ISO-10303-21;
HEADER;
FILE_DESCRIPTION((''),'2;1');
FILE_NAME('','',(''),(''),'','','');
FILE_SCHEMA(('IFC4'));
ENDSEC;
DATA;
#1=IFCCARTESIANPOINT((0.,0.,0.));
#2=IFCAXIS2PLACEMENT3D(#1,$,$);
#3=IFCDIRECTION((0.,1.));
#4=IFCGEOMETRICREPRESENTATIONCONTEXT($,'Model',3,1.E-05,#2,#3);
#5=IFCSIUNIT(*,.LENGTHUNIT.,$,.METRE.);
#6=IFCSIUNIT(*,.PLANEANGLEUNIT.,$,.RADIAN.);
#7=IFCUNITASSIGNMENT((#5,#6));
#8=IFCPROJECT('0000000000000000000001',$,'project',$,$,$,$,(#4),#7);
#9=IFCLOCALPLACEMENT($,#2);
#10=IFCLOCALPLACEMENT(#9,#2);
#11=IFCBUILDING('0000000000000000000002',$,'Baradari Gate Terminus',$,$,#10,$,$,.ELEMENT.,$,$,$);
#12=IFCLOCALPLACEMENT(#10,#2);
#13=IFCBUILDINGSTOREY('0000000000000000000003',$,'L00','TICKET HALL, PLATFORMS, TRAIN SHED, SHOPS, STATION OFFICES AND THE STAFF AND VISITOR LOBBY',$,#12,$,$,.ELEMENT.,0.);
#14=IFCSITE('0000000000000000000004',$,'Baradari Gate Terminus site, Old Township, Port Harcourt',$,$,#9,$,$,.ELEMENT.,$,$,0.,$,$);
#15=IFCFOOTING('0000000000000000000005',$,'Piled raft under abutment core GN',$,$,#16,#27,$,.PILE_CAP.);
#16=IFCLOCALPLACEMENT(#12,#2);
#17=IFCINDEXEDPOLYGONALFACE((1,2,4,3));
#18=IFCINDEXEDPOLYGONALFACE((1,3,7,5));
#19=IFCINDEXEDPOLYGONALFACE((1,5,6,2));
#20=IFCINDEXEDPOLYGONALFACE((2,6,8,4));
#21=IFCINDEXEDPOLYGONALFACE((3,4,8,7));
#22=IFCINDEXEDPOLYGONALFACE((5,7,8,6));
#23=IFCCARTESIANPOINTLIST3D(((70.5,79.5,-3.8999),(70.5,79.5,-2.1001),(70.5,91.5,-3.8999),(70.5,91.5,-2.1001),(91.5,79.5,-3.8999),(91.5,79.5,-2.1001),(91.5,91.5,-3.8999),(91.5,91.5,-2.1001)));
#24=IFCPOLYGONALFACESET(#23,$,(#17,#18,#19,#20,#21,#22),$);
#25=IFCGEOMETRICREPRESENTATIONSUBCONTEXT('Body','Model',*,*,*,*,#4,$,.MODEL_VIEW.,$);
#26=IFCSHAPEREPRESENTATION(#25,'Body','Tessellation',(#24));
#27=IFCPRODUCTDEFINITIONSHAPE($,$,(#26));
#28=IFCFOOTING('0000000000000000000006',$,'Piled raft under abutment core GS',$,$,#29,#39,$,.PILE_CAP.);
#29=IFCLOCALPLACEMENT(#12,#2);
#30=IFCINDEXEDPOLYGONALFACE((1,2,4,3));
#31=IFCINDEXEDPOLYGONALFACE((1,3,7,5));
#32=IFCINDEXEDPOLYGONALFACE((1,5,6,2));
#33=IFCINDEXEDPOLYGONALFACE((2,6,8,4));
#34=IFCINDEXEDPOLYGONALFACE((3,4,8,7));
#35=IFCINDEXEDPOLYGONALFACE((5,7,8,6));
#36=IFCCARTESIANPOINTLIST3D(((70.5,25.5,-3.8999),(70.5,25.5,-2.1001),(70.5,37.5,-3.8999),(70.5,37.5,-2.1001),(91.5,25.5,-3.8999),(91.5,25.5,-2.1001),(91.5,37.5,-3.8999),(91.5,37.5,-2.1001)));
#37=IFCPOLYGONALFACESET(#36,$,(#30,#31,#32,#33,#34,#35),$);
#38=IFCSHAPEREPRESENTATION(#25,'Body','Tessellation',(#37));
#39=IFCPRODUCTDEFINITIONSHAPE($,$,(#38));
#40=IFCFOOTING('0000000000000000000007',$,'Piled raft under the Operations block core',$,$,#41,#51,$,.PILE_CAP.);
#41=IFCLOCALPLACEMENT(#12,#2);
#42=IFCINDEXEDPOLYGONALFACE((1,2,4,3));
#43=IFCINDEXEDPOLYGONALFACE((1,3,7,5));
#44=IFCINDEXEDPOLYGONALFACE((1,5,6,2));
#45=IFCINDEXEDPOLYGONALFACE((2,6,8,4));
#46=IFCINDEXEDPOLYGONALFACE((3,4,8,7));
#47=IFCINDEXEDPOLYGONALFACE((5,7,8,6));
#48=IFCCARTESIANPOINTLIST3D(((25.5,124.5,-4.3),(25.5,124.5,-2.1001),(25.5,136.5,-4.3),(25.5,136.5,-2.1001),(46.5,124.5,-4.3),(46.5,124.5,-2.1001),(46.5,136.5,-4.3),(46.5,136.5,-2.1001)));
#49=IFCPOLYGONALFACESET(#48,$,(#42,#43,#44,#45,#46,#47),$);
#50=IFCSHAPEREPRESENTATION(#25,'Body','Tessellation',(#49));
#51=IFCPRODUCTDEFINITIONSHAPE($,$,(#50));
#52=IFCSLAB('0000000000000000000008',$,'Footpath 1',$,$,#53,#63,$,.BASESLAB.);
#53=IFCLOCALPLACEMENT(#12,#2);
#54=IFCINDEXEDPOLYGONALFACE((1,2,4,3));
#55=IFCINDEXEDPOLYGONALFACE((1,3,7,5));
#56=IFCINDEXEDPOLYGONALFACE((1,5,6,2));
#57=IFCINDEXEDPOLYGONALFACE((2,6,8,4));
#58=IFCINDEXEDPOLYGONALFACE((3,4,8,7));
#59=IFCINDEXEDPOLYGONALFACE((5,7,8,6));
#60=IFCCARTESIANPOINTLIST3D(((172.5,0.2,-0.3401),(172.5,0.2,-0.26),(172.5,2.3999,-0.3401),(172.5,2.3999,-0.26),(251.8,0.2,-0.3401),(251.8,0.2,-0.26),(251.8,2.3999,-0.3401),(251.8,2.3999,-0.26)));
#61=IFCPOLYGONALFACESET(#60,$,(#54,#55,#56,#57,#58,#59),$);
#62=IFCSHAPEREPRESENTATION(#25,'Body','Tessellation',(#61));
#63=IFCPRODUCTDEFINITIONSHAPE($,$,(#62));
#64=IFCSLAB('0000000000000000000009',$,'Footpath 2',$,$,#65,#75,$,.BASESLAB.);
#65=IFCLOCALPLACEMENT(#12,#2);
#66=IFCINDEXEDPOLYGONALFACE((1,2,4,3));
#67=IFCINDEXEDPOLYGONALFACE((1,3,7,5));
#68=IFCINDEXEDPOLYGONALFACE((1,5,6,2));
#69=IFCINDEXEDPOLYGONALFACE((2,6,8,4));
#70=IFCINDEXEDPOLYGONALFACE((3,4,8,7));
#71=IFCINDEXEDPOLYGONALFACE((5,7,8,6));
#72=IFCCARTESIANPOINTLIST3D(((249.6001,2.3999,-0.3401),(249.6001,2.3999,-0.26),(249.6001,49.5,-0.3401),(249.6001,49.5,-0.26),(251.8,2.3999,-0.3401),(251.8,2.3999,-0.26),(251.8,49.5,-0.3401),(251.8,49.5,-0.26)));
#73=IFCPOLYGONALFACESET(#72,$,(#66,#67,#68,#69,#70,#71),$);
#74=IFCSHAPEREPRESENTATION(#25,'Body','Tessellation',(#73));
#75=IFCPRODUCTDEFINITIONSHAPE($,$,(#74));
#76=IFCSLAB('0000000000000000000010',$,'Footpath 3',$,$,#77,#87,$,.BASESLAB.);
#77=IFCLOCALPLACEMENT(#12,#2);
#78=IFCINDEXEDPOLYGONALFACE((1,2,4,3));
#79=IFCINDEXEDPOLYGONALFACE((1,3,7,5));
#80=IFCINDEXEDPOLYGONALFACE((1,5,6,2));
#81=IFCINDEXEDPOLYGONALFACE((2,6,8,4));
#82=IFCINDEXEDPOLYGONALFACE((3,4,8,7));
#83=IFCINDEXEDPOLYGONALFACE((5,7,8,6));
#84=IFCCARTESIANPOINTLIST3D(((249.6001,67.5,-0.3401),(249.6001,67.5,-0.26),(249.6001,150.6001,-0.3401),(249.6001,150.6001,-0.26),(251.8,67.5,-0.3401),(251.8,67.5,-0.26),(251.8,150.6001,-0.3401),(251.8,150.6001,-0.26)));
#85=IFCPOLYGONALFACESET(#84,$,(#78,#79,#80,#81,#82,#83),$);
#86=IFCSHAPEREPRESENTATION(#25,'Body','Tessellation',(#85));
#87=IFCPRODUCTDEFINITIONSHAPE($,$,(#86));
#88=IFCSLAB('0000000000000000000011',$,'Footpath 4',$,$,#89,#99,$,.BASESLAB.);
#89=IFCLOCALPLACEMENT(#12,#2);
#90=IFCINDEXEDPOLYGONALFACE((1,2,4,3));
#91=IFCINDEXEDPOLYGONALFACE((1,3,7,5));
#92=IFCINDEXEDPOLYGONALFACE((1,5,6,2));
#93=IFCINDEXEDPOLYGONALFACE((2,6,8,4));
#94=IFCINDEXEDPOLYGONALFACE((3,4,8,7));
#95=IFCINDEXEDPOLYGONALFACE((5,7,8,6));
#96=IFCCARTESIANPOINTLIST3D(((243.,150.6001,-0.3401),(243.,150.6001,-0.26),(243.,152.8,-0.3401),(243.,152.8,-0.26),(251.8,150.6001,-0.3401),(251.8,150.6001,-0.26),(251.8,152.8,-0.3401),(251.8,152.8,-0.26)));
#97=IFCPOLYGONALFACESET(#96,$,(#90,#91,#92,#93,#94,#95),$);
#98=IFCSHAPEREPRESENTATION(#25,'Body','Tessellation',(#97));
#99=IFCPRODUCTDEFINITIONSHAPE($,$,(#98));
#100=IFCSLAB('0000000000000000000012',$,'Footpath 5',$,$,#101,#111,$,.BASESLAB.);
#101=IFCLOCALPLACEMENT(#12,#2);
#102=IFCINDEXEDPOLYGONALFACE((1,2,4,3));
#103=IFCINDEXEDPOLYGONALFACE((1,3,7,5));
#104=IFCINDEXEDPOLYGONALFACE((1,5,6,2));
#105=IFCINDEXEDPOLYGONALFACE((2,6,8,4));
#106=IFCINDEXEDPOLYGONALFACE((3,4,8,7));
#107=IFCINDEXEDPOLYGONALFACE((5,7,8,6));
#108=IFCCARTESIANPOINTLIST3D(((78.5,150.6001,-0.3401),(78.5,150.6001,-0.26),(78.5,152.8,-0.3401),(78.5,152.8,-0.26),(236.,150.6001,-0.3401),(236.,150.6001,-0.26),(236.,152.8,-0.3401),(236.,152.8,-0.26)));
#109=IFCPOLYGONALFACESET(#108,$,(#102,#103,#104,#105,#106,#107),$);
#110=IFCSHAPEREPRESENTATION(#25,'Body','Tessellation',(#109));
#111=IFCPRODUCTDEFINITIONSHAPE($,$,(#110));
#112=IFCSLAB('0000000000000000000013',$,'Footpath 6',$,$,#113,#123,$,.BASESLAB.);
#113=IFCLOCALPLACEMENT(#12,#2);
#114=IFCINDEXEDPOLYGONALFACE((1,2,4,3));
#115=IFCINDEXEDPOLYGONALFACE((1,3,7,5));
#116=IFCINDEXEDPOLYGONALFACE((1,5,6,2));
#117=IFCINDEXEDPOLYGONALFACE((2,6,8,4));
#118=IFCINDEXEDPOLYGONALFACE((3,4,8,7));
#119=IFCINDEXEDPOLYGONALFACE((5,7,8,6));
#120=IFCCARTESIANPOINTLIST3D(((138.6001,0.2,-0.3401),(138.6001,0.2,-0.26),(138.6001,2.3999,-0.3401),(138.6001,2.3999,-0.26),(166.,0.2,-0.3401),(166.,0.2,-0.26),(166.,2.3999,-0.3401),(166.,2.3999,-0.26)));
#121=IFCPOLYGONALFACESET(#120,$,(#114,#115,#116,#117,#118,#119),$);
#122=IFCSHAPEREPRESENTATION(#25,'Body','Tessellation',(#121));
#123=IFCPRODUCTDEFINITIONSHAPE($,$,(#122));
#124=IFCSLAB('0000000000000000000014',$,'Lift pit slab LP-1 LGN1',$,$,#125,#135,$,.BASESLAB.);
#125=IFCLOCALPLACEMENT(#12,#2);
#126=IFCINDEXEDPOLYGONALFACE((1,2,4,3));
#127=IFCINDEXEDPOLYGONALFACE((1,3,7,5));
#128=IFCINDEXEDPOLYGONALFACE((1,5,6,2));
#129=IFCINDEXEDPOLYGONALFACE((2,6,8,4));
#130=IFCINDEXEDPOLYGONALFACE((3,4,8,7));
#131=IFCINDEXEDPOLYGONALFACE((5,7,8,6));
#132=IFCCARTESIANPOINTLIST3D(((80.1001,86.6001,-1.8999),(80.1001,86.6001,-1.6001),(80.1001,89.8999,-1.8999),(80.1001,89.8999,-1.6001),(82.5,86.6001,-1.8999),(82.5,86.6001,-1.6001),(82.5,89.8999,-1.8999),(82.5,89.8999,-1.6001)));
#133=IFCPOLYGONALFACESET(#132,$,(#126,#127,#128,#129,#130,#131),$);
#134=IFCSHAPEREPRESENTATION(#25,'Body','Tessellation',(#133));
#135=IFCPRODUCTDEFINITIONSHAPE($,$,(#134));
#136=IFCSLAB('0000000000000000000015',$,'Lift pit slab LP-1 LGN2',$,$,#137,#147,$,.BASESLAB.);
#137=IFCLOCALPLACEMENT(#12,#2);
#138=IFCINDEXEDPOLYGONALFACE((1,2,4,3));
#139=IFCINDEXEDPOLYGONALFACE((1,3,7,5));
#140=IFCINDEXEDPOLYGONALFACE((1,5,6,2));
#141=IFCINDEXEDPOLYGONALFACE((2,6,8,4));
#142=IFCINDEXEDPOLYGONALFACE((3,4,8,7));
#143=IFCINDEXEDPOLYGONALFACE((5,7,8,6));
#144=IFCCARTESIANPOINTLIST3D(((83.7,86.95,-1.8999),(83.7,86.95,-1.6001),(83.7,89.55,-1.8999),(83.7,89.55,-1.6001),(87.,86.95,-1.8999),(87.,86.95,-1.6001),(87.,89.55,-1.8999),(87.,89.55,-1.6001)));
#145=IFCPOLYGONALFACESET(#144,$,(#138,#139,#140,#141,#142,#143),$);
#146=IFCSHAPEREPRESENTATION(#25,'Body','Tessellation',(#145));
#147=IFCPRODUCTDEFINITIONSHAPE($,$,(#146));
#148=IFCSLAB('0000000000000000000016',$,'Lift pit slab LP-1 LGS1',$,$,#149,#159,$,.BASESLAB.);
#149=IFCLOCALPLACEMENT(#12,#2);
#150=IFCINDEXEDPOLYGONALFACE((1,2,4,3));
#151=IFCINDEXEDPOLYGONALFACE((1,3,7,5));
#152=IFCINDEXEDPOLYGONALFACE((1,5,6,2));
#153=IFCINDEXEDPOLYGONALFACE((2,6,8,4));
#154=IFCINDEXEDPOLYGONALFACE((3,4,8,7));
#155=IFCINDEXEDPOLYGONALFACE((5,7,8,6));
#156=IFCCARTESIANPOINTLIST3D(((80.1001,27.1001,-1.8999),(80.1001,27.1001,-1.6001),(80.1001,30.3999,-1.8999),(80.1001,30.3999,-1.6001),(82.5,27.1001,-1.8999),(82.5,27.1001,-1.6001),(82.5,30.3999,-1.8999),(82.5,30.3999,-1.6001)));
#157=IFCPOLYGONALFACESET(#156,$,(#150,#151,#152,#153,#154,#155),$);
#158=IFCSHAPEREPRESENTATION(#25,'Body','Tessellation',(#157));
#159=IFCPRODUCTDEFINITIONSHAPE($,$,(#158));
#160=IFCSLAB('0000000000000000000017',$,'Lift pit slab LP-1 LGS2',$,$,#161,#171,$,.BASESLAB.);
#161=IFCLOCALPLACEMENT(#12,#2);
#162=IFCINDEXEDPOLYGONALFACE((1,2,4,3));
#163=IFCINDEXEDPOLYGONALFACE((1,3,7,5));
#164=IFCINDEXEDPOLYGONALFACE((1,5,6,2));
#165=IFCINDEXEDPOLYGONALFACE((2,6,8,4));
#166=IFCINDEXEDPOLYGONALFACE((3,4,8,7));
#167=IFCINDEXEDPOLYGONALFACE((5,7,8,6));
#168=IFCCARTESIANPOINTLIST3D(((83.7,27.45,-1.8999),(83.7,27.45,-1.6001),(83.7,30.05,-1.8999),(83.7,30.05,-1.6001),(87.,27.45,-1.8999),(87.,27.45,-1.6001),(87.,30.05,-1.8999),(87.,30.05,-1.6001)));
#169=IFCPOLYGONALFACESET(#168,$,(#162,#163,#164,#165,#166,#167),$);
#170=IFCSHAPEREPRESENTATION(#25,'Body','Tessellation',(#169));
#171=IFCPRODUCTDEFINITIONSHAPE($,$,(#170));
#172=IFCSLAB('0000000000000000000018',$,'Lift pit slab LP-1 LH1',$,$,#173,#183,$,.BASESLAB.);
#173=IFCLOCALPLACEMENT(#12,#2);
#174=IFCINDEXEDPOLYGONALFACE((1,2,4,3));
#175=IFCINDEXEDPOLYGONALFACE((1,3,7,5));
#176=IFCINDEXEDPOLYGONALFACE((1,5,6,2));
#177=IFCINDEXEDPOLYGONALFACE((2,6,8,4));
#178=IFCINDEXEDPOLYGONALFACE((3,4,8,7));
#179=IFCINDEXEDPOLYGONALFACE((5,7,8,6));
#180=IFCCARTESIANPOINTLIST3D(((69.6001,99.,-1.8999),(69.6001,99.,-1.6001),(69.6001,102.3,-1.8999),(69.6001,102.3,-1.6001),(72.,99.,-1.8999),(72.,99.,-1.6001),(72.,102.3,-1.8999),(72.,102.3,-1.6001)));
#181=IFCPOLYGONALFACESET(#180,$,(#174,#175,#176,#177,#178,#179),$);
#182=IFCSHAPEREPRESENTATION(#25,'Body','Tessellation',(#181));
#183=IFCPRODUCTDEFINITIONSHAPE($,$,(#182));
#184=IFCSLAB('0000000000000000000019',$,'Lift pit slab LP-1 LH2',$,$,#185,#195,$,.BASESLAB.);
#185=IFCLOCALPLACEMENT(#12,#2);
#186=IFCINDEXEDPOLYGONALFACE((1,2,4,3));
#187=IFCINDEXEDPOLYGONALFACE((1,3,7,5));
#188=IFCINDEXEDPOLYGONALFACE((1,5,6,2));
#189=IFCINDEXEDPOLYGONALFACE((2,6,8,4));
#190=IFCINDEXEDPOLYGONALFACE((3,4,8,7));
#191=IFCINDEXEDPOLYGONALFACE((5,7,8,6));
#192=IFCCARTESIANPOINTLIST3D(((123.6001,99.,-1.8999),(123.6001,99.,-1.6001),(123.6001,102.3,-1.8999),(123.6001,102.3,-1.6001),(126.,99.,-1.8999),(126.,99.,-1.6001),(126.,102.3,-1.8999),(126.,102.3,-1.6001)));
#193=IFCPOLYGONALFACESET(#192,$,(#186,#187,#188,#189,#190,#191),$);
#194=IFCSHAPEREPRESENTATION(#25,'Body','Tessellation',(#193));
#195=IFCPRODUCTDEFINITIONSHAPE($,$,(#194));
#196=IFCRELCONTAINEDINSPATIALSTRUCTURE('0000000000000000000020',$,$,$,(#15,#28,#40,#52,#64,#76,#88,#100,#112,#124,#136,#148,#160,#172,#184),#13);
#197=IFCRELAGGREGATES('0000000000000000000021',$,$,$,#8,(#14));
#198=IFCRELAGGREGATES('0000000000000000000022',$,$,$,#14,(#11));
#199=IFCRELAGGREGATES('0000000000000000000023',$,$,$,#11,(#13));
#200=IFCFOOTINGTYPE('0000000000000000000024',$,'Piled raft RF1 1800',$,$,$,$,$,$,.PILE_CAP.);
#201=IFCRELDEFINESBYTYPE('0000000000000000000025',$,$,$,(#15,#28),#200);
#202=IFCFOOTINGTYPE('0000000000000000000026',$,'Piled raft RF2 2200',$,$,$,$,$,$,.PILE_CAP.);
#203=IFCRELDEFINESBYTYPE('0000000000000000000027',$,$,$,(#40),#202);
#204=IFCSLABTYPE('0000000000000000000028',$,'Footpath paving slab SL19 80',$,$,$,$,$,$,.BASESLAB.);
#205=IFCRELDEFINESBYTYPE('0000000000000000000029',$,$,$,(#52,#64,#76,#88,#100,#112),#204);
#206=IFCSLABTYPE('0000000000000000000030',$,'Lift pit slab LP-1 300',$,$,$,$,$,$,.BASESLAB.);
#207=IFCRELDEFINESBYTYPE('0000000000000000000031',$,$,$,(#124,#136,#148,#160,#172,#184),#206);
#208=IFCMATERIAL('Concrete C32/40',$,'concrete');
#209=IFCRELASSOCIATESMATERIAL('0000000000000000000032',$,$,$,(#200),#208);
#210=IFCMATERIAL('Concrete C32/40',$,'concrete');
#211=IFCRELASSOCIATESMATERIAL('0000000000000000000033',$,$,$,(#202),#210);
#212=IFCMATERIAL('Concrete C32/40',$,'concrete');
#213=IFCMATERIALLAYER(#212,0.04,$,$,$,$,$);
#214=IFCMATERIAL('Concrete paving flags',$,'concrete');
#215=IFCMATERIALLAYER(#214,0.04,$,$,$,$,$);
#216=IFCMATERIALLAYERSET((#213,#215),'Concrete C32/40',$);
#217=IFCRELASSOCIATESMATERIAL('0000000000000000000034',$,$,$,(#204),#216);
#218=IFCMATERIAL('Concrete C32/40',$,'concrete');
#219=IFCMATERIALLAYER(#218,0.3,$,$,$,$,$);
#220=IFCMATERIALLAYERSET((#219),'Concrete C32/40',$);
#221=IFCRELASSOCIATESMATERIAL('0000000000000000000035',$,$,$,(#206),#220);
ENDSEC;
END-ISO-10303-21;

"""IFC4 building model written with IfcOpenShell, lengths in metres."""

from ifc_helpers import new_model, si_unit, direction, frame, origin, place, context, subcontext, project, spatial, polyline, outline, extrude, material, layer, layer_set, type_object, element, save


model = new_model("IFC4")

# Units and contexts
model_context = context("Model", 3, precision=1e-05, world=origin(), true_north=direction((0.0, 1.0)))
body_context = subcontext(model_context, "Body", "Model", "MODEL_VIEW")
ifc_project = project(units=[si_unit("LENGTHUNIT", "METRE"), si_unit("PLANEANGLEUNIT", "RADIAN")], contexts=[model_context])

# Site, building, storey
site_placement = place(None, origin())
site = spatial("IfcSite", under=ifc_project, at=site_placement, Name="Baradari Gate Terminus site, Old Township, Port Harcourt", CompositionType="ELEMENT", RefElevation=0.0)
building_placement = place(site_placement, origin())
building = spatial("IfcBuilding", under=site, at=building_placement, Name="Baradari Gate Terminus", CompositionType="ELEMENT")
storey_placement = place(building_placement, origin())
storey = spatial("IfcBuildingStorey", under=building, at=storey_placement, Name="L00", Description="TICKET HALL, PLATFORMS, TRAIN SHED, SHOPS, STATION OFFICES AND THE STAFF AND VISITOR LOBBY", CompositionType="ELEMENT", Elevation=0.0)

# Footings
ifc_material_1 = material(Name="Concrete C32/40", Category="concrete")
footing_type_1 = type_object("IfcFootingType", Name="Piled raft RF1 1800", PredefinedType="PILE_CAP", material=ifc_material_1)
footing_1_placement = place(storey_placement, frame((0.0, 0.0, -3.8999)))
element("IfcFooting", 1, at=footing_1_placement, inside=storey, type_object=footing_type_1, Name="Piled raft under abutment core GN", PredefinedType="PILE_CAP", context=body_context, shape_type="SweptSolid", body=[
    extrude(outline(polyline([(70.5, 79.5), (91.5, 79.5), (91.5, 91.5), (70.5, 91.5), (70.5, 79.5)])), origin(), (0.0, 0.0, 1.0), 1.7998),
])
footing_2_placement = place(storey_placement, frame((0.0, 0.0, -3.8999)))
element("IfcFooting", 2, at=footing_2_placement, inside=storey, type_object=footing_type_1, Name="Piled raft under abutment core GS", PredefinedType="PILE_CAP", context=body_context, shape_type="SweptSolid", body=[
    extrude(outline(polyline([(70.5, 25.5), (91.5, 25.5), (91.5, 37.5), (70.5, 37.5), (70.5, 25.5)])), origin(), (0.0, 0.0, 1.0), 1.7998),
])
ifc_material_2 = material(Name="Concrete C32/40", Category="concrete")
footing_type_2 = type_object("IfcFootingType", Name="Piled raft RF2 2200", PredefinedType="PILE_CAP", material=ifc_material_2)
footing_3_placement = place(storey_placement, frame((0.0, 0.0, -4.3)))
element("IfcFooting", 3, at=footing_3_placement, inside=storey, type_object=footing_type_2, Name="Piled raft under the Operations block core", PredefinedType="PILE_CAP", context=body_context, shape_type="SweptSolid", body=[
    extrude(outline(polyline([(25.5, 124.5), (46.5, 124.5), (46.5, 136.5), (25.5, 136.5), (25.5, 124.5)])), origin(), (0.0, 0.0, 1.0), 2.2),
])

# Slabs
ifc_material_3 = material(Name="Concrete C32/40", Category="concrete")
ifc_layer_1 = layer(ifc_material_3, 0.04)
ifc_material_4 = material(Name="Concrete paving flags", Category="concrete")
ifc_layer_2 = layer(ifc_material_4, 0.04)
ifc_layer_set_1 = layer_set([ifc_layer_1, ifc_layer_2], Name="Concrete C32/40")
slab_type_1 = type_object("IfcSlabType", Name="Footpath paving slab SL19 80", PredefinedType="BASESLAB", material=ifc_layer_set_1)
slab_1_placement = place(storey_placement, frame((0.0, 0.0, -0.3401)))
element("IfcSlab", 4, at=slab_1_placement, inside=storey, type_object=slab_type_1, Name="Footpath 1", PredefinedType="BASESLAB", context=body_context, shape_type="SweptSolid", body=[
    extrude(outline(polyline([(251.8, 0.2), (251.8, 2.3999), (172.5, 2.3999), (172.5, 0.2), (251.8, 0.2)])), origin(), (0.0, 0.0, 1.0), 0.0801),
])
slab_2_placement = place(storey_placement, frame((0.0, 0.0, -0.3401)))
element("IfcSlab", 5, at=slab_2_placement, inside=storey, type_object=slab_type_1, Name="Footpath 2", PredefinedType="BASESLAB", context=body_context, shape_type="SweptSolid", body=[
    extrude(outline(polyline([(251.8, 2.3999), (251.8, 49.5), (249.6001, 49.5), (249.6001, 2.3999), (251.8, 2.3999)])), origin(), (0.0, 0.0, 1.0), 0.0801),
])
slab_3_placement = place(storey_placement, frame((0.0, 0.0, -0.3401)))
element("IfcSlab", 6, at=slab_3_placement, inside=storey, type_object=slab_type_1, Name="Footpath 3", PredefinedType="BASESLAB", context=body_context, shape_type="SweptSolid", body=[
    extrude(outline(polyline([(251.8, 67.5), (251.8, 150.6001), (249.6001, 150.6001), (249.6001, 67.5), (251.8, 67.5)])), origin(), (0.0, 0.0, 1.0), 0.0801),
])
slab_4_placement = place(storey_placement, frame((0.0, 0.0, -0.3401)))
element("IfcSlab", 7, at=slab_4_placement, inside=storey, type_object=slab_type_1, Name="Footpath 4", PredefinedType="BASESLAB", context=body_context, shape_type="SweptSolid", body=[
    extrude(outline(polyline([(251.8, 150.6001), (251.8, 152.8), (243.0, 152.8), (243.0, 150.6001), (251.8, 150.6001)])), origin(), (0.0, 0.0, 1.0), 0.0801),
])
slab_5_placement = place(storey_placement, frame((0.0, 0.0, -0.3401)))
element("IfcSlab", 8, at=slab_5_placement, inside=storey, type_object=slab_type_1, Name="Footpath 5", PredefinedType="BASESLAB", context=body_context, shape_type="SweptSolid", body=[
    extrude(outline(polyline([(236.0, 150.6001), (236.0, 152.8), (78.5, 152.8), (78.5, 150.6001), (236.0, 150.6001)])), origin(), (0.0, 0.0, 1.0), 0.0801),
])
slab_6_placement = place(storey_placement, frame((0.0, 0.0, -0.3401)))
element("IfcSlab", 9, at=slab_6_placement, inside=storey, type_object=slab_type_1, Name="Footpath 6", PredefinedType="BASESLAB", context=body_context, shape_type="SweptSolid", body=[
    extrude(outline(polyline([(166.0, 0.2), (166.0, 2.3999), (138.6001, 2.3999), (138.6001, 0.2), (166.0, 0.2)])), origin(), (0.0, 0.0, 1.0), 0.0801),
])
ifc_material_5 = material(Name="Concrete C32/40", Category="concrete")
ifc_layer_3 = layer(ifc_material_5, 0.3)
ifc_layer_set_2 = layer_set([ifc_layer_3], Name="Concrete C32/40")
slab_type_2 = type_object("IfcSlabType", Name="Lift pit slab LP-1 300", PredefinedType="BASESLAB", material=ifc_layer_set_2)
slab_7_placement = place(storey_placement, frame((0.0, 0.0, -1.8999)))
element("IfcSlab", 10, at=slab_7_placement, inside=storey, type_object=slab_type_2, Name="Lift pit slab LP-1 LGN1", PredefinedType="BASESLAB", context=body_context, shape_type="SweptSolid", body=[
    extrude(outline(polyline([(82.5, 86.6001), (82.5, 89.8999), (80.1001, 89.8999), (80.1001, 86.6001), (82.5, 86.6001)])), origin(), (0.0, 0.0, 1.0), 0.2998),
])
slab_8_placement = place(storey_placement, frame((0.0, 0.0, -1.8999)))
element("IfcSlab", 11, at=slab_8_placement, inside=storey, type_object=slab_type_2, Name="Lift pit slab LP-1 LGN2", PredefinedType="BASESLAB", context=body_context, shape_type="SweptSolid", body=[
    extrude(outline(polyline([(83.7, 86.95), (83.7, 89.55), (87.0, 89.55), (87.0, 86.95), (83.7, 86.95)])), origin(), (0.0, 0.0, 1.0), 0.2998),
])
slab_9_placement = place(storey_placement, frame((0.0, 0.0, -1.8999)))
element("IfcSlab", 12, at=slab_9_placement, inside=storey, type_object=slab_type_2, Name="Lift pit slab LP-1 LGS1", PredefinedType="BASESLAB", context=body_context, shape_type="SweptSolid", body=[
    extrude(outline(polyline([(80.1001, 27.1001), (80.1001, 30.3999), (82.5, 30.3999), (82.5, 27.1001), (80.1001, 27.1001)])), origin(), (0.0, 0.0, 1.0), 0.2998),
])
slab_10_placement = place(storey_placement, frame((0.0, 0.0, -1.8999)))
element("IfcSlab", 13, at=slab_10_placement, inside=storey, type_object=slab_type_2, Name="Lift pit slab LP-1 LGS2", PredefinedType="BASESLAB", context=body_context, shape_type="SweptSolid", body=[
    extrude(outline(polyline([(83.7, 27.45), (83.7, 30.05), (87.0, 30.05), (87.0, 27.45), (83.7, 27.45)])), origin(), (0.0, 0.0, 1.0), 0.2998),
])
slab_11_placement = place(storey_placement, frame((0.0, 0.0, -1.8999)))
element("IfcSlab", 14, at=slab_11_placement, inside=storey, type_object=slab_type_2, Name="Lift pit slab LP-1 LH1", PredefinedType="BASESLAB", context=body_context, shape_type="SweptSolid", body=[
    extrude(outline(polyline([(69.6001, 99.0), (69.6001, 102.3), (72.0, 102.3), (72.0, 99.0), (69.6001, 99.0)])), origin(), (0.0, 0.0, 1.0), 0.2998),
])
slab_12_placement = place(storey_placement, frame((0.0, 0.0, -1.8999)))
element("IfcSlab", 15, at=slab_12_placement, inside=storey, type_object=slab_type_2, Name="Lift pit slab LP-1 LH2", PredefinedType="BASESLAB", context=body_context, shape_type="SweptSolid", body=[
    extrude(outline(polyline([(123.6001, 99.0), (123.6001, 102.3), (126.0, 102.3), (126.0, 99.0), (123.6001, 99.0)])), origin(), (0.0, 0.0, 1.0), 0.2998),
])

save(model, "model.ifc")
